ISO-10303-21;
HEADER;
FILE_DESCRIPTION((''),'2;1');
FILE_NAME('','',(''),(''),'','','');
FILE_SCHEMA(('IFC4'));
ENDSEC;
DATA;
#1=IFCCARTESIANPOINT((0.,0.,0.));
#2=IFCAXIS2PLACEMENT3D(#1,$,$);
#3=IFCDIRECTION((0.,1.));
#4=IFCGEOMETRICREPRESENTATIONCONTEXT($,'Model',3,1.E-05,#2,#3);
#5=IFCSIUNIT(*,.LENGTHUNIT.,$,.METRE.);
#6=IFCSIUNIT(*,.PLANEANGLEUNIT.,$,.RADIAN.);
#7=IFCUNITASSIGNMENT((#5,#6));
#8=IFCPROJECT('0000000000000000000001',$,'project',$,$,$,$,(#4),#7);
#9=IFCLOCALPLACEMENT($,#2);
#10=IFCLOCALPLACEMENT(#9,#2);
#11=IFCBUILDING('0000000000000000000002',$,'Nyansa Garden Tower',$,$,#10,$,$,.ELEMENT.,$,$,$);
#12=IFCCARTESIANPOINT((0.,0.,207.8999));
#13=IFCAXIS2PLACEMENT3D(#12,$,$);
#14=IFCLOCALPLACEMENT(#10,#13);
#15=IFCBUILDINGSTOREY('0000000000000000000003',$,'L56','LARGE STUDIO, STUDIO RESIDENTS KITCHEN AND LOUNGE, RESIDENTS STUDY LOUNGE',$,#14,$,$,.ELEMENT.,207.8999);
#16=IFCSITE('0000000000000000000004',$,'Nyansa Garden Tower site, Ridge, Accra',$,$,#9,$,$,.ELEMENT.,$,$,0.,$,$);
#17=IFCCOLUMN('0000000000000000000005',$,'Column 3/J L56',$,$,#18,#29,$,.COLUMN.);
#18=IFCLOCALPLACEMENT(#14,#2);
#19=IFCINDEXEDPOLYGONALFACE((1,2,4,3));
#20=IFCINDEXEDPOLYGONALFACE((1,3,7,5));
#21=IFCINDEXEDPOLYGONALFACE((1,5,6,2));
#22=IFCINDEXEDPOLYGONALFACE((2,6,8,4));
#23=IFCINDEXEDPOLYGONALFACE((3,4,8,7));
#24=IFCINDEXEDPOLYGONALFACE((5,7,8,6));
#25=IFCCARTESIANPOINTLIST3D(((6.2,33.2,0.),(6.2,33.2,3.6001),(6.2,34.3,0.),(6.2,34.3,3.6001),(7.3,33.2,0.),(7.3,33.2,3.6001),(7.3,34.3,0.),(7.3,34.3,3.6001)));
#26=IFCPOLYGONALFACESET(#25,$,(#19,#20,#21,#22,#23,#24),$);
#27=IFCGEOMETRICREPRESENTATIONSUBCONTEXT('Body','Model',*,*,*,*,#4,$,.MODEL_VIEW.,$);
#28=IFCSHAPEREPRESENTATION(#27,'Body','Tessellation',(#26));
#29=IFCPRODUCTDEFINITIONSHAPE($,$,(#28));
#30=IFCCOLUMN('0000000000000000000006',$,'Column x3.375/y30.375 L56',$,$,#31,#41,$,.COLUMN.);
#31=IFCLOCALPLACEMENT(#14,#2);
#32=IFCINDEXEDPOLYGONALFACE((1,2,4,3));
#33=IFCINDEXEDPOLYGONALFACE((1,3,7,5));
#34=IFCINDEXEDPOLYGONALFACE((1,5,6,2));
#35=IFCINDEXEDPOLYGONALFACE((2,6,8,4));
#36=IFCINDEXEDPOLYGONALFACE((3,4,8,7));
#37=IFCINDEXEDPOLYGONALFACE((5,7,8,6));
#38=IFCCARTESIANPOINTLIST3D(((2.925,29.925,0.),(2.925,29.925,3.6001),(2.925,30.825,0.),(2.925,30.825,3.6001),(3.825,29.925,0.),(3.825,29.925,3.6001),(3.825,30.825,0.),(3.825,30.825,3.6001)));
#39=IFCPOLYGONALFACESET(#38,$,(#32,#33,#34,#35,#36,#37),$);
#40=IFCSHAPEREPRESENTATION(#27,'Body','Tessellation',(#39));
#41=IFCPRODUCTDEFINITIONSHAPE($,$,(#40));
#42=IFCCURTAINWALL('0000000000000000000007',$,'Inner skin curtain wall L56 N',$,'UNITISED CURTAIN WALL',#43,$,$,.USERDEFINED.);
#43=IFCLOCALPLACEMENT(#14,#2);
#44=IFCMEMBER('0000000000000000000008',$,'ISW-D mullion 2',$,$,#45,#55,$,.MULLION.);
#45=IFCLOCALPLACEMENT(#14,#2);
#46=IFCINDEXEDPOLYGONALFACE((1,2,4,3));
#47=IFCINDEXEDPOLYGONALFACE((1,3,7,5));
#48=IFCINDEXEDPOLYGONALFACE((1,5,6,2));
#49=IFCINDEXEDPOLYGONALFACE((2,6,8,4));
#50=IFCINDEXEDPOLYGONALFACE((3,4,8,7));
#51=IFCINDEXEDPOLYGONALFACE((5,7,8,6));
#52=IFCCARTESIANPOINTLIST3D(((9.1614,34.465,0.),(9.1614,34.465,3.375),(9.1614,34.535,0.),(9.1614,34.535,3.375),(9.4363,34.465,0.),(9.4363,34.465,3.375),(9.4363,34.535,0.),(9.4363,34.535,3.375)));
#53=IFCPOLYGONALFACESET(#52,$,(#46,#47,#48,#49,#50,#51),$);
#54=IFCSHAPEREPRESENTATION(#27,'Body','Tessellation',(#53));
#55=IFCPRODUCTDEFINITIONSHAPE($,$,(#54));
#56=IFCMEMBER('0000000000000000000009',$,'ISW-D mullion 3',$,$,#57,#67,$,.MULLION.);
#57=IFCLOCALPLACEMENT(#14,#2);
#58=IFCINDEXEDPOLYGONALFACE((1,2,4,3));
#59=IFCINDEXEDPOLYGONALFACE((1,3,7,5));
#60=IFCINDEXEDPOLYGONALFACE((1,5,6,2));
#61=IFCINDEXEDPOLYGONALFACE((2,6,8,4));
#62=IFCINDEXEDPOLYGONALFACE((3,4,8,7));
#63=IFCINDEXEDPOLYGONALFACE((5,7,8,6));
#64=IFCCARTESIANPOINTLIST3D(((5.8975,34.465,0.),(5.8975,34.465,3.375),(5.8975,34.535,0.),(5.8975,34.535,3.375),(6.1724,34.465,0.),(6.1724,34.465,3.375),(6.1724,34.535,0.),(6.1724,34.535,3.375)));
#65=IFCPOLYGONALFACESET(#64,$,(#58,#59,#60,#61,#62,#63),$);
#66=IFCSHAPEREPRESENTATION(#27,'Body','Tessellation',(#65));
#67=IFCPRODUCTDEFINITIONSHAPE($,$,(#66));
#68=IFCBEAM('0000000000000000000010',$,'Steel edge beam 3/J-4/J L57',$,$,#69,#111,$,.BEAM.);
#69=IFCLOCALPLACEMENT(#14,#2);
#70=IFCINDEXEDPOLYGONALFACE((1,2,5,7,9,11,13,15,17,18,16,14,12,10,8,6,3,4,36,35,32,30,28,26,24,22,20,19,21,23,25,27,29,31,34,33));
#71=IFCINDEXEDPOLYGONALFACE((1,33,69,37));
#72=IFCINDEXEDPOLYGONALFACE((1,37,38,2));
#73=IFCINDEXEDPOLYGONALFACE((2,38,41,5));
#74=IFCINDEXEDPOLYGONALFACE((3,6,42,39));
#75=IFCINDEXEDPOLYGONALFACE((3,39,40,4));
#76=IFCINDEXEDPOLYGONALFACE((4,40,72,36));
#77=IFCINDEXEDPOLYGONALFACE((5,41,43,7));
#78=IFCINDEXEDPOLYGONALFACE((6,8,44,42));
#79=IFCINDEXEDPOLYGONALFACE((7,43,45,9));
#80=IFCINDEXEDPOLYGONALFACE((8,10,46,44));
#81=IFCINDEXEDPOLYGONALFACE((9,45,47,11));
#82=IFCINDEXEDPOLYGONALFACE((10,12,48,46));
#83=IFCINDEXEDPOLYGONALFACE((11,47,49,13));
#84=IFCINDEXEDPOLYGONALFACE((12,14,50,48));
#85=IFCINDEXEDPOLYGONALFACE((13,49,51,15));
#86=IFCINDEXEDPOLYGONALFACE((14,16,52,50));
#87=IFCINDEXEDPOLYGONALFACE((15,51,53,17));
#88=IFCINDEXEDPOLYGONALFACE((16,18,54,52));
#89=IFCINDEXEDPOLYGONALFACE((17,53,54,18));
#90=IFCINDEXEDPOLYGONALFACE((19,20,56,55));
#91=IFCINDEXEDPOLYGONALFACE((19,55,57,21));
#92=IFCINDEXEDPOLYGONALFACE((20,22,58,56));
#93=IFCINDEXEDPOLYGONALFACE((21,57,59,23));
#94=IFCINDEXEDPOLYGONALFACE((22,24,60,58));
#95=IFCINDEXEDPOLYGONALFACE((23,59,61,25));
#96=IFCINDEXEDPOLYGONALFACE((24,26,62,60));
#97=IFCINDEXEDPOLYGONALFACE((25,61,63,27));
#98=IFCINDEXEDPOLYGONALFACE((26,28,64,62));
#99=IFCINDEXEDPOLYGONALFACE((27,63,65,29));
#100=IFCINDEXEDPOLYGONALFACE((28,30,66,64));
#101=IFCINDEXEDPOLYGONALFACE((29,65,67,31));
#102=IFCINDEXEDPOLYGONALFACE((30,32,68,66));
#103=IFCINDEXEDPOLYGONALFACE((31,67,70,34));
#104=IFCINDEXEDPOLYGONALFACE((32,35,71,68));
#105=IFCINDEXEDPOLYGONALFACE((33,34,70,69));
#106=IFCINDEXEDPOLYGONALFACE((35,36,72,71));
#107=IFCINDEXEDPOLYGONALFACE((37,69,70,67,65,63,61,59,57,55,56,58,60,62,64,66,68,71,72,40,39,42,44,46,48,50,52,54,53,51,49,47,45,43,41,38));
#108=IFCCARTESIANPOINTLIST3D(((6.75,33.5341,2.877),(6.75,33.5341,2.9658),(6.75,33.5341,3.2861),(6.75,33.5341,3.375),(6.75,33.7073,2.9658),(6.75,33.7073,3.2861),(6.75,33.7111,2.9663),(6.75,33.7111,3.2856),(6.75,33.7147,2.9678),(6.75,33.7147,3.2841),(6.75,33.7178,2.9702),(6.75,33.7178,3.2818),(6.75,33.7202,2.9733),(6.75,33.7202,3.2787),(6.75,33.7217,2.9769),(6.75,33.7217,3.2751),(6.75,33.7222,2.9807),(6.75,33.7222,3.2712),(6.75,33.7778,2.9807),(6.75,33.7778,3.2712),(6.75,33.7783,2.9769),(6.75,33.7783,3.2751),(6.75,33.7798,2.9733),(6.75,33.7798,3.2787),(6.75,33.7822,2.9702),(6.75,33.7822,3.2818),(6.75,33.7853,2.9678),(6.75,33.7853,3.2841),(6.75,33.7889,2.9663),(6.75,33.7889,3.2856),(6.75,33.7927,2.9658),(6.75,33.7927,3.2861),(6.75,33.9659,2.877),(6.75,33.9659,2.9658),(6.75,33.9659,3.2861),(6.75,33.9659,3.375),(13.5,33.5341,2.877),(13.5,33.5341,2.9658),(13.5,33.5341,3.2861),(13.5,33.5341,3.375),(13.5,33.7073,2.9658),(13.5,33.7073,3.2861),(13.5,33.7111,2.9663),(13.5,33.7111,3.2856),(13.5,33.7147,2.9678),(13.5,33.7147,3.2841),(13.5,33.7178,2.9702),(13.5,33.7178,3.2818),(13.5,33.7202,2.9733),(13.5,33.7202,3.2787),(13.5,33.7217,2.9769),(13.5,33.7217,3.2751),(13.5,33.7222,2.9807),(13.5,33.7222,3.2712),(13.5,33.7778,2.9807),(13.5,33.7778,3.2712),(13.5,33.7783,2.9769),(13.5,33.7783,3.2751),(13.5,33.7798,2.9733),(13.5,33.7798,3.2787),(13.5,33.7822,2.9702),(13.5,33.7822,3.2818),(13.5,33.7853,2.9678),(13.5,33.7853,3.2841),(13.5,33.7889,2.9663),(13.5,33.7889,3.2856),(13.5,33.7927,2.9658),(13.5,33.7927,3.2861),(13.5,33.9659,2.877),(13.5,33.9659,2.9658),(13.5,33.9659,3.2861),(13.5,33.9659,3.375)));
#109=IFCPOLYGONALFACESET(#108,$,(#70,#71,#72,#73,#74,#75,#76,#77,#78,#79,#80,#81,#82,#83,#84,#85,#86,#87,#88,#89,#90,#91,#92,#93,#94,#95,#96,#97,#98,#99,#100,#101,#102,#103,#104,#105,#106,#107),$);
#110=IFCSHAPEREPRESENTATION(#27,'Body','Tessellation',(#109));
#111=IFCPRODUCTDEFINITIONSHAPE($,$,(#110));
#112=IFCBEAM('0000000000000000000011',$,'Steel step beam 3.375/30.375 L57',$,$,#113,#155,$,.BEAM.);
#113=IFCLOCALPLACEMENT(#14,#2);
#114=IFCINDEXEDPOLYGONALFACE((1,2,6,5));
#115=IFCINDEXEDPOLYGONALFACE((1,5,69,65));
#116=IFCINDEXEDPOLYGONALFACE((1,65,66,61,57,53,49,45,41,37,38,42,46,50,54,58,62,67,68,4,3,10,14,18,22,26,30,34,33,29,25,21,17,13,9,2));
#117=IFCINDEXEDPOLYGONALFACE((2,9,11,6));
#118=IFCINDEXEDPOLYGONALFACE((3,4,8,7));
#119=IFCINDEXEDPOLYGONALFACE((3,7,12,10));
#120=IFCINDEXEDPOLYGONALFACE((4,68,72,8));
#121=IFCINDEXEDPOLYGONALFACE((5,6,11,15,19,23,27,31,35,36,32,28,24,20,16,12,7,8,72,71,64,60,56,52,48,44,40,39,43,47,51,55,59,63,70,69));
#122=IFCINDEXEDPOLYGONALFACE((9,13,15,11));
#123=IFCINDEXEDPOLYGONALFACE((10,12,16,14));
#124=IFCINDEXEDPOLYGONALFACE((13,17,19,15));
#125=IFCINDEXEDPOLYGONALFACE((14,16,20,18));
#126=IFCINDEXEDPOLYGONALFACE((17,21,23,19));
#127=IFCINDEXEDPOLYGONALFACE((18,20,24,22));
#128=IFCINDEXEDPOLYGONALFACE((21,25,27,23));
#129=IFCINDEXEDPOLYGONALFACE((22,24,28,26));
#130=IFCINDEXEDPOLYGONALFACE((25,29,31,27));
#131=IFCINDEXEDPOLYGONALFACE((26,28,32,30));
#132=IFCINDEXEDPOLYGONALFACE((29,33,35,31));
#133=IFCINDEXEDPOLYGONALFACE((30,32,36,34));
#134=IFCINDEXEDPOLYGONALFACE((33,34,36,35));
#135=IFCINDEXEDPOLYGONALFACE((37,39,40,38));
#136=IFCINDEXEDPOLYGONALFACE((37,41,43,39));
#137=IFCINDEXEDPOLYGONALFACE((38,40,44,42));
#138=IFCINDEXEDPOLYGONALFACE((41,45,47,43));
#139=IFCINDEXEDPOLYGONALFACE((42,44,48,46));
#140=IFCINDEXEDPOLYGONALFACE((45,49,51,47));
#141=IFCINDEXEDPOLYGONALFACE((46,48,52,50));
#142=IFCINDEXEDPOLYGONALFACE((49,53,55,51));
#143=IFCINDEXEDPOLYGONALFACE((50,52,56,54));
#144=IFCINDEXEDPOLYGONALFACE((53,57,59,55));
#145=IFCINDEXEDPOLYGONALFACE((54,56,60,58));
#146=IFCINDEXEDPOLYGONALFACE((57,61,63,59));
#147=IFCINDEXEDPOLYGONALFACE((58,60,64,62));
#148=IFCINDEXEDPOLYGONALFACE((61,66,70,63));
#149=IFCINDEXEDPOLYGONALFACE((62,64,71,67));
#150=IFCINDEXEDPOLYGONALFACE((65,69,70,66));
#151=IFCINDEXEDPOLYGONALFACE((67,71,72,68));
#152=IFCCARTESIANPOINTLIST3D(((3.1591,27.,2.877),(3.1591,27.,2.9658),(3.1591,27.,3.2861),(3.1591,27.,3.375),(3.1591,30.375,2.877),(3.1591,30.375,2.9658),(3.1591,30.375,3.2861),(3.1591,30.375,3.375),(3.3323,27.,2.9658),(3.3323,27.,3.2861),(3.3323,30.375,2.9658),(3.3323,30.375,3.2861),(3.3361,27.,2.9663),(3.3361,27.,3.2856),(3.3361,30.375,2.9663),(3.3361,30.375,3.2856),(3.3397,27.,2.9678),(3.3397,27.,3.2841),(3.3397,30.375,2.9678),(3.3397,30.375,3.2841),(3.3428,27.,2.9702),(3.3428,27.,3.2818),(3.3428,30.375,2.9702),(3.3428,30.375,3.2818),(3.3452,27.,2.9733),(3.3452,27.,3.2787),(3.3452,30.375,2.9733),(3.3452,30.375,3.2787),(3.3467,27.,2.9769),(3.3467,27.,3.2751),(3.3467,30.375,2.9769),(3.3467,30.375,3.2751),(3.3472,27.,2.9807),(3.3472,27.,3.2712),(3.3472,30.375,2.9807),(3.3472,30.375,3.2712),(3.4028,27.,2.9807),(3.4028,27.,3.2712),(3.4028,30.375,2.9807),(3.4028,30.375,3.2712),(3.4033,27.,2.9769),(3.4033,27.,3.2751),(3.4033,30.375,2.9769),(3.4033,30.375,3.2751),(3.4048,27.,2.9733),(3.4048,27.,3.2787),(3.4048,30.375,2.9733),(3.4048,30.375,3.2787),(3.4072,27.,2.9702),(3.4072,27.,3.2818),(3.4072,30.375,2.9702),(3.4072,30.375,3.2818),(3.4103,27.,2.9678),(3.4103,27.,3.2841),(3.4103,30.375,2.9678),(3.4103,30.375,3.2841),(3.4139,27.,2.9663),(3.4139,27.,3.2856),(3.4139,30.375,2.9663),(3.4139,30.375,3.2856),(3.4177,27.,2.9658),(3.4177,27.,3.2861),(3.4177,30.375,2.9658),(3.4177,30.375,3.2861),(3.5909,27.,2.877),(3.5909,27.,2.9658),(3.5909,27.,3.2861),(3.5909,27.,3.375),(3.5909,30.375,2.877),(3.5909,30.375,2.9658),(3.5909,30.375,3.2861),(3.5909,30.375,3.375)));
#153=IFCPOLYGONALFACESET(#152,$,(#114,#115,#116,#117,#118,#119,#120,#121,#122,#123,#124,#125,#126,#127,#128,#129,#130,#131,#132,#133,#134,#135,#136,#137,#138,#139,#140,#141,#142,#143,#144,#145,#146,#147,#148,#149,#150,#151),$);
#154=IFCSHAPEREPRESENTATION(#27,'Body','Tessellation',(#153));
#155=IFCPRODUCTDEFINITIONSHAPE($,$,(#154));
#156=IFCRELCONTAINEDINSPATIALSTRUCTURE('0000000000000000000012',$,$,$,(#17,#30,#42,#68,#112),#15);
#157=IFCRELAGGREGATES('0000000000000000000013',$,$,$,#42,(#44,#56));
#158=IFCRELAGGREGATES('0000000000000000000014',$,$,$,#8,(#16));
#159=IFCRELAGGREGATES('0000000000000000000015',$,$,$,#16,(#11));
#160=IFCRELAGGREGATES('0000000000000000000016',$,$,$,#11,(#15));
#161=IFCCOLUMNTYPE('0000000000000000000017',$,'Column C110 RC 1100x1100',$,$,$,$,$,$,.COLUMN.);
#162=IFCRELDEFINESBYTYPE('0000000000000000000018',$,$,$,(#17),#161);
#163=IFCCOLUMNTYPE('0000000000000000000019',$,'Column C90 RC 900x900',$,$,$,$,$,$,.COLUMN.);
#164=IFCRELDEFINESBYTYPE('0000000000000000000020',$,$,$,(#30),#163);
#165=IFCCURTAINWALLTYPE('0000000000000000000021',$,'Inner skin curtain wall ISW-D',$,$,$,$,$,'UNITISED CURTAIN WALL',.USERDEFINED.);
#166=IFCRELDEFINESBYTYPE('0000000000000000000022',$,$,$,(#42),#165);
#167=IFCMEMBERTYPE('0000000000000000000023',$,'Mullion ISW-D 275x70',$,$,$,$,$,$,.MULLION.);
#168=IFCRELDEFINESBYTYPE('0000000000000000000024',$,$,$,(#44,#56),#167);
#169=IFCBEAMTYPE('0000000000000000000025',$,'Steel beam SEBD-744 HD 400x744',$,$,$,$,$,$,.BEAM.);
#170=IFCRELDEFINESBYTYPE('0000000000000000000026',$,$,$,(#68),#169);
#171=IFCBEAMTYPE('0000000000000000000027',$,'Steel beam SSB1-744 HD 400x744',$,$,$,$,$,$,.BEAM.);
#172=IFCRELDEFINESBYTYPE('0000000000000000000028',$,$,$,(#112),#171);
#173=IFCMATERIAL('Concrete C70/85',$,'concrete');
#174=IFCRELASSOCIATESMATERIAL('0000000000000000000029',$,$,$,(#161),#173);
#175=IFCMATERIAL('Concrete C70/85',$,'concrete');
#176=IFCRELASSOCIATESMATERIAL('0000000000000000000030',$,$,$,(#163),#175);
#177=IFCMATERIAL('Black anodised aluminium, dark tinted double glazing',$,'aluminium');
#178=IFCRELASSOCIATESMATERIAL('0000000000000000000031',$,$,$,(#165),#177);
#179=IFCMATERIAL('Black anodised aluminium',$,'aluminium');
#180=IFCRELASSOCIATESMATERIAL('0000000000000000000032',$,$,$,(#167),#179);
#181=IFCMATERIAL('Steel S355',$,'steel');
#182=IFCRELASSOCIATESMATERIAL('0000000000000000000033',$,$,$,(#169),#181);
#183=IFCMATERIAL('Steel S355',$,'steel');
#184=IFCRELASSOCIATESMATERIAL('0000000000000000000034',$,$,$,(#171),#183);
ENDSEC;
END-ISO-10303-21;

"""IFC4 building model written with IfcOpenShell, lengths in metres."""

from ifc_helpers import new_model, si_unit, direction, frame, origin, origin_2d, place, context, subcontext, project, spatial, rectangle, i_section, extrude, material, material_profile, profile_set, type_object, element, aggregate, save


model = new_model("IFC4")

# Units and contexts
model_context = context("Model", 3, precision=1e-05, world=origin(), true_north=direction((0.0, 1.0)))
body_context = subcontext(model_context, "Body", "Model", "MODEL_VIEW")
ifc_project = project(units=[si_unit("LENGTHUNIT", "METRE"), si_unit("PLANEANGLEUNIT", "RADIAN")], contexts=[model_context])

# Site, building, storey
site_placement = place(None, origin())
site = spatial("IfcSite", under=ifc_project, at=site_placement, Name="Nyansa Garden Tower site, Ridge, Accra", CompositionType="ELEMENT", RefElevation=0.0)
building_placement = place(site_placement, origin())
building = spatial("IfcBuilding", under=site, at=building_placement, Name="Nyansa Garden Tower", CompositionType="ELEMENT")
storey_placement = place(building_placement, frame((0.0, 0.0, 207.8999)))
storey = spatial("IfcBuildingStorey", under=building, at=storey_placement, Name="L56", Description="LARGE STUDIO, STUDIO RESIDENTS KITCHEN AND LOUNGE, RESIDENTS STUDY LOUNGE", CompositionType="ELEMENT", Elevation=207.8999)

# Columns
ifc_material_1 = material(Name="Concrete C70/85", Category="concrete")
ifc_material_profile_1 = material_profile(ifc_material_1, rectangle(XDim=1.1001, YDim=1.1001, at=origin_2d()), Name="RC 1100x1100")
ifc_profile_set_1 = profile_set([ifc_material_profile_1], Name="Concrete C70/85")
column_type_1 = type_object("IfcColumnType", Name="Column C110 RC 1100x1100", PredefinedType="COLUMN", material=ifc_profile_set_1)
column_1_placement = place(storey_placement, frame((6.75, 33.75, 0.0), z_axis=(0.0, 0.0, 1.0), x_axis=(1.0, 0.0, 0.0)))
element("IfcColumn", 1, at=column_1_placement, inside=storey, type_object=column_type_1, Name="Column 3/J L56", PredefinedType="COLUMN", context=body_context, shape_type="SweptSolid", body=[
    extrude(rectangle(XDim=1.1001, YDim=1.1001, at=origin_2d()), origin(), (0.0, 0.0, 1.0), 3.6001),
])
ifc_material_2 = material(Name="Concrete C70/85", Category="concrete")
ifc_material_profile_2 = material_profile(ifc_material_2, rectangle(XDim=0.8999, YDim=0.8999, at=origin_2d()), Name="RC 900x900")
ifc_profile_set_2 = profile_set([ifc_material_profile_2], Name="Concrete C70/85")
column_type_2 = type_object("IfcColumnType", Name="Column C90 RC 900x900", PredefinedType="COLUMN", material=ifc_profile_set_2)
column_2_placement = place(storey_placement, frame((3.375, 30.375, 0.0), z_axis=(0.0, 0.0, 1.0), x_axis=(1.0, 0.0, 0.0)))
element("IfcColumn", 2, at=column_2_placement, inside=storey, type_object=column_type_2, Name="Column x3.375/y30.375 L56", PredefinedType="COLUMN", context=body_context, shape_type="SweptSolid", body=[
    extrude(rectangle(XDim=0.8999, YDim=0.8999, at=origin_2d()), origin(), (0.0, 0.0, 1.0), 3.6001),
])

# Curtain wall, members
ifc_material_3 = material(Name="Black anodised aluminium, dark tinted double glazing", Category="aluminium")
curtain_wall_type = type_object("IfcCurtainWallType", Name="Inner skin curtain wall ISW-D", ElementType="UNITISED CURTAIN WALL", PredefinedType="USERDEFINED", material=ifc_material_3)
curtain_wall_placement = place(storey_placement, origin())
curtain_wall = element("IfcCurtainWall", 3, at=curtain_wall_placement, inside=storey, type_object=curtain_wall_type, Name="Inner skin curtain wall L56 N", ObjectType="UNITISED CURTAIN WALL", PredefinedType="USERDEFINED")
ifc_material_4 = material(Name="Black anodised aluminium", Category="aluminium")
ifc_material_profile_3 = material_profile(ifc_material_4, rectangle(XDim=0.0701, YDim=0.2749, at=origin_2d()), Name="Mullion 275x70")
ifc_profile_set_3 = profile_set([ifc_material_profile_3], Name="Black anodised aluminium")
member_type_1 = type_object("IfcMemberType", Name="Mullion ISW-D 275x70", PredefinedType="MULLION", material=ifc_profile_set_3)
member_1_placement = place(storey_placement, frame((9.2988, 34.5, 0.0), z_axis=(0.0, 0.0, 1.0), x_axis=(0.0, -1.0, 0.0)))
member_1 = element("IfcMember", 4, at=member_1_placement, type_object=member_type_1, Name="ISW-D mullion 2", PredefinedType="MULLION", context=body_context, shape_type="SweptSolid", body=[
    extrude(rectangle(XDim=0.0701, YDim=0.2749, at=origin_2d()), origin(), (0.0, 0.0, 1.0), 3.375),
])
member_2_placement = place(storey_placement, frame((6.0349, 34.5, 0.0), z_axis=(0.0, 0.0, 1.0), x_axis=(0.0, -1.0, 0.0)))
member_2 = element("IfcMember", 5, at=member_2_placement, type_object=member_type_1, Name="ISW-D mullion 3", PredefinedType="MULLION", context=body_context, shape_type="SweptSolid", body=[
    extrude(rectangle(XDim=0.0701, YDim=0.2749, at=origin_2d()), origin(), (0.0, 0.0, 1.0), 3.375),
])

# Beams
ifc_material_5 = material(Name="Steel S355", Category="steel")
ifc_material_profile_4 = material_profile(ifc_material_5, i_section(OverallWidth=0.4319, OverallDepth=0.498, WebThickness=0.0557, FlangeThickness=0.0889, FilletRadius=0.0149, at=origin_2d()), Name="HD 400x744")
ifc_profile_set_4 = profile_set([ifc_material_profile_4], Name="Steel S355")
beam_type_1 = type_object("IfcBeamType", Name="Steel beam SEBD-744 HD 400x744", PredefinedType="BEAM", material=ifc_profile_set_4)
beam_placement = place(storey_placement, frame((6.75, 33.75, 3.126), z_axis=(1.0, 0.0, 0.0), x_axis=(0.0, 1.0, 0.0)))
element("IfcBeam", 6, at=beam_placement, inside=storey, type_object=beam_type_1, Name="Steel edge beam 3/J-4/J L57", PredefinedType="BEAM", context=body_context, shape_type="SweptSolid", body=[
    extrude(i_section(OverallWidth=0.4319, OverallDepth=0.498, WebThickness=0.0557, FlangeThickness=0.0889, FilletRadius=0.0149, at=origin_2d()), origin(), (0.0, 0.0, 1.0), 6.75),
])
ifc_material_6 = material(Name="Steel S355", Category="steel")
ifc_material_profile_5 = material_profile(ifc_material_6, i_section(OverallWidth=0.4319, OverallDepth=0.498, WebThickness=0.0557, FlangeThickness=0.0889, FilletRadius=0.0149, at=origin_2d()), Name="HD 400x744")
ifc_profile_set_5 = profile_set([ifc_material_profile_5], Name="Steel S355")
beam_type_2 = type_object("IfcBeamType", Name="Steel beam SSB1-744 HD 400x744", PredefinedType="BEAM", material=ifc_profile_set_5)
for number, where, z_axis, x_axis, name in (
    (7, (3.375, 30.375, 3.126), (0.0, -1.0, 0.0), (1.0, 0.0, 0.0), "Steel step beam 3.375/30.375 L57"),
):
    element("IfcBeam", number, at=place(storey_placement, frame(where, z_axis=z_axis, x_axis=x_axis)), inside=storey, type_object=beam_type_2, Name=name, PredefinedType="BEAM", context=body_context, shape_type="SweptSolid", body=[
        extrude(i_section(OverallWidth=0.4319, OverallDepth=0.498, WebThickness=0.0557, FlangeThickness=0.0889, FilletRadius=0.0149, at=origin_2d()), origin(), (0.0, 0.0, 1.0), 3.375),
    ])

aggregate(curtain_wall, [member_1, member_2])

save(model, "model.ifc")
